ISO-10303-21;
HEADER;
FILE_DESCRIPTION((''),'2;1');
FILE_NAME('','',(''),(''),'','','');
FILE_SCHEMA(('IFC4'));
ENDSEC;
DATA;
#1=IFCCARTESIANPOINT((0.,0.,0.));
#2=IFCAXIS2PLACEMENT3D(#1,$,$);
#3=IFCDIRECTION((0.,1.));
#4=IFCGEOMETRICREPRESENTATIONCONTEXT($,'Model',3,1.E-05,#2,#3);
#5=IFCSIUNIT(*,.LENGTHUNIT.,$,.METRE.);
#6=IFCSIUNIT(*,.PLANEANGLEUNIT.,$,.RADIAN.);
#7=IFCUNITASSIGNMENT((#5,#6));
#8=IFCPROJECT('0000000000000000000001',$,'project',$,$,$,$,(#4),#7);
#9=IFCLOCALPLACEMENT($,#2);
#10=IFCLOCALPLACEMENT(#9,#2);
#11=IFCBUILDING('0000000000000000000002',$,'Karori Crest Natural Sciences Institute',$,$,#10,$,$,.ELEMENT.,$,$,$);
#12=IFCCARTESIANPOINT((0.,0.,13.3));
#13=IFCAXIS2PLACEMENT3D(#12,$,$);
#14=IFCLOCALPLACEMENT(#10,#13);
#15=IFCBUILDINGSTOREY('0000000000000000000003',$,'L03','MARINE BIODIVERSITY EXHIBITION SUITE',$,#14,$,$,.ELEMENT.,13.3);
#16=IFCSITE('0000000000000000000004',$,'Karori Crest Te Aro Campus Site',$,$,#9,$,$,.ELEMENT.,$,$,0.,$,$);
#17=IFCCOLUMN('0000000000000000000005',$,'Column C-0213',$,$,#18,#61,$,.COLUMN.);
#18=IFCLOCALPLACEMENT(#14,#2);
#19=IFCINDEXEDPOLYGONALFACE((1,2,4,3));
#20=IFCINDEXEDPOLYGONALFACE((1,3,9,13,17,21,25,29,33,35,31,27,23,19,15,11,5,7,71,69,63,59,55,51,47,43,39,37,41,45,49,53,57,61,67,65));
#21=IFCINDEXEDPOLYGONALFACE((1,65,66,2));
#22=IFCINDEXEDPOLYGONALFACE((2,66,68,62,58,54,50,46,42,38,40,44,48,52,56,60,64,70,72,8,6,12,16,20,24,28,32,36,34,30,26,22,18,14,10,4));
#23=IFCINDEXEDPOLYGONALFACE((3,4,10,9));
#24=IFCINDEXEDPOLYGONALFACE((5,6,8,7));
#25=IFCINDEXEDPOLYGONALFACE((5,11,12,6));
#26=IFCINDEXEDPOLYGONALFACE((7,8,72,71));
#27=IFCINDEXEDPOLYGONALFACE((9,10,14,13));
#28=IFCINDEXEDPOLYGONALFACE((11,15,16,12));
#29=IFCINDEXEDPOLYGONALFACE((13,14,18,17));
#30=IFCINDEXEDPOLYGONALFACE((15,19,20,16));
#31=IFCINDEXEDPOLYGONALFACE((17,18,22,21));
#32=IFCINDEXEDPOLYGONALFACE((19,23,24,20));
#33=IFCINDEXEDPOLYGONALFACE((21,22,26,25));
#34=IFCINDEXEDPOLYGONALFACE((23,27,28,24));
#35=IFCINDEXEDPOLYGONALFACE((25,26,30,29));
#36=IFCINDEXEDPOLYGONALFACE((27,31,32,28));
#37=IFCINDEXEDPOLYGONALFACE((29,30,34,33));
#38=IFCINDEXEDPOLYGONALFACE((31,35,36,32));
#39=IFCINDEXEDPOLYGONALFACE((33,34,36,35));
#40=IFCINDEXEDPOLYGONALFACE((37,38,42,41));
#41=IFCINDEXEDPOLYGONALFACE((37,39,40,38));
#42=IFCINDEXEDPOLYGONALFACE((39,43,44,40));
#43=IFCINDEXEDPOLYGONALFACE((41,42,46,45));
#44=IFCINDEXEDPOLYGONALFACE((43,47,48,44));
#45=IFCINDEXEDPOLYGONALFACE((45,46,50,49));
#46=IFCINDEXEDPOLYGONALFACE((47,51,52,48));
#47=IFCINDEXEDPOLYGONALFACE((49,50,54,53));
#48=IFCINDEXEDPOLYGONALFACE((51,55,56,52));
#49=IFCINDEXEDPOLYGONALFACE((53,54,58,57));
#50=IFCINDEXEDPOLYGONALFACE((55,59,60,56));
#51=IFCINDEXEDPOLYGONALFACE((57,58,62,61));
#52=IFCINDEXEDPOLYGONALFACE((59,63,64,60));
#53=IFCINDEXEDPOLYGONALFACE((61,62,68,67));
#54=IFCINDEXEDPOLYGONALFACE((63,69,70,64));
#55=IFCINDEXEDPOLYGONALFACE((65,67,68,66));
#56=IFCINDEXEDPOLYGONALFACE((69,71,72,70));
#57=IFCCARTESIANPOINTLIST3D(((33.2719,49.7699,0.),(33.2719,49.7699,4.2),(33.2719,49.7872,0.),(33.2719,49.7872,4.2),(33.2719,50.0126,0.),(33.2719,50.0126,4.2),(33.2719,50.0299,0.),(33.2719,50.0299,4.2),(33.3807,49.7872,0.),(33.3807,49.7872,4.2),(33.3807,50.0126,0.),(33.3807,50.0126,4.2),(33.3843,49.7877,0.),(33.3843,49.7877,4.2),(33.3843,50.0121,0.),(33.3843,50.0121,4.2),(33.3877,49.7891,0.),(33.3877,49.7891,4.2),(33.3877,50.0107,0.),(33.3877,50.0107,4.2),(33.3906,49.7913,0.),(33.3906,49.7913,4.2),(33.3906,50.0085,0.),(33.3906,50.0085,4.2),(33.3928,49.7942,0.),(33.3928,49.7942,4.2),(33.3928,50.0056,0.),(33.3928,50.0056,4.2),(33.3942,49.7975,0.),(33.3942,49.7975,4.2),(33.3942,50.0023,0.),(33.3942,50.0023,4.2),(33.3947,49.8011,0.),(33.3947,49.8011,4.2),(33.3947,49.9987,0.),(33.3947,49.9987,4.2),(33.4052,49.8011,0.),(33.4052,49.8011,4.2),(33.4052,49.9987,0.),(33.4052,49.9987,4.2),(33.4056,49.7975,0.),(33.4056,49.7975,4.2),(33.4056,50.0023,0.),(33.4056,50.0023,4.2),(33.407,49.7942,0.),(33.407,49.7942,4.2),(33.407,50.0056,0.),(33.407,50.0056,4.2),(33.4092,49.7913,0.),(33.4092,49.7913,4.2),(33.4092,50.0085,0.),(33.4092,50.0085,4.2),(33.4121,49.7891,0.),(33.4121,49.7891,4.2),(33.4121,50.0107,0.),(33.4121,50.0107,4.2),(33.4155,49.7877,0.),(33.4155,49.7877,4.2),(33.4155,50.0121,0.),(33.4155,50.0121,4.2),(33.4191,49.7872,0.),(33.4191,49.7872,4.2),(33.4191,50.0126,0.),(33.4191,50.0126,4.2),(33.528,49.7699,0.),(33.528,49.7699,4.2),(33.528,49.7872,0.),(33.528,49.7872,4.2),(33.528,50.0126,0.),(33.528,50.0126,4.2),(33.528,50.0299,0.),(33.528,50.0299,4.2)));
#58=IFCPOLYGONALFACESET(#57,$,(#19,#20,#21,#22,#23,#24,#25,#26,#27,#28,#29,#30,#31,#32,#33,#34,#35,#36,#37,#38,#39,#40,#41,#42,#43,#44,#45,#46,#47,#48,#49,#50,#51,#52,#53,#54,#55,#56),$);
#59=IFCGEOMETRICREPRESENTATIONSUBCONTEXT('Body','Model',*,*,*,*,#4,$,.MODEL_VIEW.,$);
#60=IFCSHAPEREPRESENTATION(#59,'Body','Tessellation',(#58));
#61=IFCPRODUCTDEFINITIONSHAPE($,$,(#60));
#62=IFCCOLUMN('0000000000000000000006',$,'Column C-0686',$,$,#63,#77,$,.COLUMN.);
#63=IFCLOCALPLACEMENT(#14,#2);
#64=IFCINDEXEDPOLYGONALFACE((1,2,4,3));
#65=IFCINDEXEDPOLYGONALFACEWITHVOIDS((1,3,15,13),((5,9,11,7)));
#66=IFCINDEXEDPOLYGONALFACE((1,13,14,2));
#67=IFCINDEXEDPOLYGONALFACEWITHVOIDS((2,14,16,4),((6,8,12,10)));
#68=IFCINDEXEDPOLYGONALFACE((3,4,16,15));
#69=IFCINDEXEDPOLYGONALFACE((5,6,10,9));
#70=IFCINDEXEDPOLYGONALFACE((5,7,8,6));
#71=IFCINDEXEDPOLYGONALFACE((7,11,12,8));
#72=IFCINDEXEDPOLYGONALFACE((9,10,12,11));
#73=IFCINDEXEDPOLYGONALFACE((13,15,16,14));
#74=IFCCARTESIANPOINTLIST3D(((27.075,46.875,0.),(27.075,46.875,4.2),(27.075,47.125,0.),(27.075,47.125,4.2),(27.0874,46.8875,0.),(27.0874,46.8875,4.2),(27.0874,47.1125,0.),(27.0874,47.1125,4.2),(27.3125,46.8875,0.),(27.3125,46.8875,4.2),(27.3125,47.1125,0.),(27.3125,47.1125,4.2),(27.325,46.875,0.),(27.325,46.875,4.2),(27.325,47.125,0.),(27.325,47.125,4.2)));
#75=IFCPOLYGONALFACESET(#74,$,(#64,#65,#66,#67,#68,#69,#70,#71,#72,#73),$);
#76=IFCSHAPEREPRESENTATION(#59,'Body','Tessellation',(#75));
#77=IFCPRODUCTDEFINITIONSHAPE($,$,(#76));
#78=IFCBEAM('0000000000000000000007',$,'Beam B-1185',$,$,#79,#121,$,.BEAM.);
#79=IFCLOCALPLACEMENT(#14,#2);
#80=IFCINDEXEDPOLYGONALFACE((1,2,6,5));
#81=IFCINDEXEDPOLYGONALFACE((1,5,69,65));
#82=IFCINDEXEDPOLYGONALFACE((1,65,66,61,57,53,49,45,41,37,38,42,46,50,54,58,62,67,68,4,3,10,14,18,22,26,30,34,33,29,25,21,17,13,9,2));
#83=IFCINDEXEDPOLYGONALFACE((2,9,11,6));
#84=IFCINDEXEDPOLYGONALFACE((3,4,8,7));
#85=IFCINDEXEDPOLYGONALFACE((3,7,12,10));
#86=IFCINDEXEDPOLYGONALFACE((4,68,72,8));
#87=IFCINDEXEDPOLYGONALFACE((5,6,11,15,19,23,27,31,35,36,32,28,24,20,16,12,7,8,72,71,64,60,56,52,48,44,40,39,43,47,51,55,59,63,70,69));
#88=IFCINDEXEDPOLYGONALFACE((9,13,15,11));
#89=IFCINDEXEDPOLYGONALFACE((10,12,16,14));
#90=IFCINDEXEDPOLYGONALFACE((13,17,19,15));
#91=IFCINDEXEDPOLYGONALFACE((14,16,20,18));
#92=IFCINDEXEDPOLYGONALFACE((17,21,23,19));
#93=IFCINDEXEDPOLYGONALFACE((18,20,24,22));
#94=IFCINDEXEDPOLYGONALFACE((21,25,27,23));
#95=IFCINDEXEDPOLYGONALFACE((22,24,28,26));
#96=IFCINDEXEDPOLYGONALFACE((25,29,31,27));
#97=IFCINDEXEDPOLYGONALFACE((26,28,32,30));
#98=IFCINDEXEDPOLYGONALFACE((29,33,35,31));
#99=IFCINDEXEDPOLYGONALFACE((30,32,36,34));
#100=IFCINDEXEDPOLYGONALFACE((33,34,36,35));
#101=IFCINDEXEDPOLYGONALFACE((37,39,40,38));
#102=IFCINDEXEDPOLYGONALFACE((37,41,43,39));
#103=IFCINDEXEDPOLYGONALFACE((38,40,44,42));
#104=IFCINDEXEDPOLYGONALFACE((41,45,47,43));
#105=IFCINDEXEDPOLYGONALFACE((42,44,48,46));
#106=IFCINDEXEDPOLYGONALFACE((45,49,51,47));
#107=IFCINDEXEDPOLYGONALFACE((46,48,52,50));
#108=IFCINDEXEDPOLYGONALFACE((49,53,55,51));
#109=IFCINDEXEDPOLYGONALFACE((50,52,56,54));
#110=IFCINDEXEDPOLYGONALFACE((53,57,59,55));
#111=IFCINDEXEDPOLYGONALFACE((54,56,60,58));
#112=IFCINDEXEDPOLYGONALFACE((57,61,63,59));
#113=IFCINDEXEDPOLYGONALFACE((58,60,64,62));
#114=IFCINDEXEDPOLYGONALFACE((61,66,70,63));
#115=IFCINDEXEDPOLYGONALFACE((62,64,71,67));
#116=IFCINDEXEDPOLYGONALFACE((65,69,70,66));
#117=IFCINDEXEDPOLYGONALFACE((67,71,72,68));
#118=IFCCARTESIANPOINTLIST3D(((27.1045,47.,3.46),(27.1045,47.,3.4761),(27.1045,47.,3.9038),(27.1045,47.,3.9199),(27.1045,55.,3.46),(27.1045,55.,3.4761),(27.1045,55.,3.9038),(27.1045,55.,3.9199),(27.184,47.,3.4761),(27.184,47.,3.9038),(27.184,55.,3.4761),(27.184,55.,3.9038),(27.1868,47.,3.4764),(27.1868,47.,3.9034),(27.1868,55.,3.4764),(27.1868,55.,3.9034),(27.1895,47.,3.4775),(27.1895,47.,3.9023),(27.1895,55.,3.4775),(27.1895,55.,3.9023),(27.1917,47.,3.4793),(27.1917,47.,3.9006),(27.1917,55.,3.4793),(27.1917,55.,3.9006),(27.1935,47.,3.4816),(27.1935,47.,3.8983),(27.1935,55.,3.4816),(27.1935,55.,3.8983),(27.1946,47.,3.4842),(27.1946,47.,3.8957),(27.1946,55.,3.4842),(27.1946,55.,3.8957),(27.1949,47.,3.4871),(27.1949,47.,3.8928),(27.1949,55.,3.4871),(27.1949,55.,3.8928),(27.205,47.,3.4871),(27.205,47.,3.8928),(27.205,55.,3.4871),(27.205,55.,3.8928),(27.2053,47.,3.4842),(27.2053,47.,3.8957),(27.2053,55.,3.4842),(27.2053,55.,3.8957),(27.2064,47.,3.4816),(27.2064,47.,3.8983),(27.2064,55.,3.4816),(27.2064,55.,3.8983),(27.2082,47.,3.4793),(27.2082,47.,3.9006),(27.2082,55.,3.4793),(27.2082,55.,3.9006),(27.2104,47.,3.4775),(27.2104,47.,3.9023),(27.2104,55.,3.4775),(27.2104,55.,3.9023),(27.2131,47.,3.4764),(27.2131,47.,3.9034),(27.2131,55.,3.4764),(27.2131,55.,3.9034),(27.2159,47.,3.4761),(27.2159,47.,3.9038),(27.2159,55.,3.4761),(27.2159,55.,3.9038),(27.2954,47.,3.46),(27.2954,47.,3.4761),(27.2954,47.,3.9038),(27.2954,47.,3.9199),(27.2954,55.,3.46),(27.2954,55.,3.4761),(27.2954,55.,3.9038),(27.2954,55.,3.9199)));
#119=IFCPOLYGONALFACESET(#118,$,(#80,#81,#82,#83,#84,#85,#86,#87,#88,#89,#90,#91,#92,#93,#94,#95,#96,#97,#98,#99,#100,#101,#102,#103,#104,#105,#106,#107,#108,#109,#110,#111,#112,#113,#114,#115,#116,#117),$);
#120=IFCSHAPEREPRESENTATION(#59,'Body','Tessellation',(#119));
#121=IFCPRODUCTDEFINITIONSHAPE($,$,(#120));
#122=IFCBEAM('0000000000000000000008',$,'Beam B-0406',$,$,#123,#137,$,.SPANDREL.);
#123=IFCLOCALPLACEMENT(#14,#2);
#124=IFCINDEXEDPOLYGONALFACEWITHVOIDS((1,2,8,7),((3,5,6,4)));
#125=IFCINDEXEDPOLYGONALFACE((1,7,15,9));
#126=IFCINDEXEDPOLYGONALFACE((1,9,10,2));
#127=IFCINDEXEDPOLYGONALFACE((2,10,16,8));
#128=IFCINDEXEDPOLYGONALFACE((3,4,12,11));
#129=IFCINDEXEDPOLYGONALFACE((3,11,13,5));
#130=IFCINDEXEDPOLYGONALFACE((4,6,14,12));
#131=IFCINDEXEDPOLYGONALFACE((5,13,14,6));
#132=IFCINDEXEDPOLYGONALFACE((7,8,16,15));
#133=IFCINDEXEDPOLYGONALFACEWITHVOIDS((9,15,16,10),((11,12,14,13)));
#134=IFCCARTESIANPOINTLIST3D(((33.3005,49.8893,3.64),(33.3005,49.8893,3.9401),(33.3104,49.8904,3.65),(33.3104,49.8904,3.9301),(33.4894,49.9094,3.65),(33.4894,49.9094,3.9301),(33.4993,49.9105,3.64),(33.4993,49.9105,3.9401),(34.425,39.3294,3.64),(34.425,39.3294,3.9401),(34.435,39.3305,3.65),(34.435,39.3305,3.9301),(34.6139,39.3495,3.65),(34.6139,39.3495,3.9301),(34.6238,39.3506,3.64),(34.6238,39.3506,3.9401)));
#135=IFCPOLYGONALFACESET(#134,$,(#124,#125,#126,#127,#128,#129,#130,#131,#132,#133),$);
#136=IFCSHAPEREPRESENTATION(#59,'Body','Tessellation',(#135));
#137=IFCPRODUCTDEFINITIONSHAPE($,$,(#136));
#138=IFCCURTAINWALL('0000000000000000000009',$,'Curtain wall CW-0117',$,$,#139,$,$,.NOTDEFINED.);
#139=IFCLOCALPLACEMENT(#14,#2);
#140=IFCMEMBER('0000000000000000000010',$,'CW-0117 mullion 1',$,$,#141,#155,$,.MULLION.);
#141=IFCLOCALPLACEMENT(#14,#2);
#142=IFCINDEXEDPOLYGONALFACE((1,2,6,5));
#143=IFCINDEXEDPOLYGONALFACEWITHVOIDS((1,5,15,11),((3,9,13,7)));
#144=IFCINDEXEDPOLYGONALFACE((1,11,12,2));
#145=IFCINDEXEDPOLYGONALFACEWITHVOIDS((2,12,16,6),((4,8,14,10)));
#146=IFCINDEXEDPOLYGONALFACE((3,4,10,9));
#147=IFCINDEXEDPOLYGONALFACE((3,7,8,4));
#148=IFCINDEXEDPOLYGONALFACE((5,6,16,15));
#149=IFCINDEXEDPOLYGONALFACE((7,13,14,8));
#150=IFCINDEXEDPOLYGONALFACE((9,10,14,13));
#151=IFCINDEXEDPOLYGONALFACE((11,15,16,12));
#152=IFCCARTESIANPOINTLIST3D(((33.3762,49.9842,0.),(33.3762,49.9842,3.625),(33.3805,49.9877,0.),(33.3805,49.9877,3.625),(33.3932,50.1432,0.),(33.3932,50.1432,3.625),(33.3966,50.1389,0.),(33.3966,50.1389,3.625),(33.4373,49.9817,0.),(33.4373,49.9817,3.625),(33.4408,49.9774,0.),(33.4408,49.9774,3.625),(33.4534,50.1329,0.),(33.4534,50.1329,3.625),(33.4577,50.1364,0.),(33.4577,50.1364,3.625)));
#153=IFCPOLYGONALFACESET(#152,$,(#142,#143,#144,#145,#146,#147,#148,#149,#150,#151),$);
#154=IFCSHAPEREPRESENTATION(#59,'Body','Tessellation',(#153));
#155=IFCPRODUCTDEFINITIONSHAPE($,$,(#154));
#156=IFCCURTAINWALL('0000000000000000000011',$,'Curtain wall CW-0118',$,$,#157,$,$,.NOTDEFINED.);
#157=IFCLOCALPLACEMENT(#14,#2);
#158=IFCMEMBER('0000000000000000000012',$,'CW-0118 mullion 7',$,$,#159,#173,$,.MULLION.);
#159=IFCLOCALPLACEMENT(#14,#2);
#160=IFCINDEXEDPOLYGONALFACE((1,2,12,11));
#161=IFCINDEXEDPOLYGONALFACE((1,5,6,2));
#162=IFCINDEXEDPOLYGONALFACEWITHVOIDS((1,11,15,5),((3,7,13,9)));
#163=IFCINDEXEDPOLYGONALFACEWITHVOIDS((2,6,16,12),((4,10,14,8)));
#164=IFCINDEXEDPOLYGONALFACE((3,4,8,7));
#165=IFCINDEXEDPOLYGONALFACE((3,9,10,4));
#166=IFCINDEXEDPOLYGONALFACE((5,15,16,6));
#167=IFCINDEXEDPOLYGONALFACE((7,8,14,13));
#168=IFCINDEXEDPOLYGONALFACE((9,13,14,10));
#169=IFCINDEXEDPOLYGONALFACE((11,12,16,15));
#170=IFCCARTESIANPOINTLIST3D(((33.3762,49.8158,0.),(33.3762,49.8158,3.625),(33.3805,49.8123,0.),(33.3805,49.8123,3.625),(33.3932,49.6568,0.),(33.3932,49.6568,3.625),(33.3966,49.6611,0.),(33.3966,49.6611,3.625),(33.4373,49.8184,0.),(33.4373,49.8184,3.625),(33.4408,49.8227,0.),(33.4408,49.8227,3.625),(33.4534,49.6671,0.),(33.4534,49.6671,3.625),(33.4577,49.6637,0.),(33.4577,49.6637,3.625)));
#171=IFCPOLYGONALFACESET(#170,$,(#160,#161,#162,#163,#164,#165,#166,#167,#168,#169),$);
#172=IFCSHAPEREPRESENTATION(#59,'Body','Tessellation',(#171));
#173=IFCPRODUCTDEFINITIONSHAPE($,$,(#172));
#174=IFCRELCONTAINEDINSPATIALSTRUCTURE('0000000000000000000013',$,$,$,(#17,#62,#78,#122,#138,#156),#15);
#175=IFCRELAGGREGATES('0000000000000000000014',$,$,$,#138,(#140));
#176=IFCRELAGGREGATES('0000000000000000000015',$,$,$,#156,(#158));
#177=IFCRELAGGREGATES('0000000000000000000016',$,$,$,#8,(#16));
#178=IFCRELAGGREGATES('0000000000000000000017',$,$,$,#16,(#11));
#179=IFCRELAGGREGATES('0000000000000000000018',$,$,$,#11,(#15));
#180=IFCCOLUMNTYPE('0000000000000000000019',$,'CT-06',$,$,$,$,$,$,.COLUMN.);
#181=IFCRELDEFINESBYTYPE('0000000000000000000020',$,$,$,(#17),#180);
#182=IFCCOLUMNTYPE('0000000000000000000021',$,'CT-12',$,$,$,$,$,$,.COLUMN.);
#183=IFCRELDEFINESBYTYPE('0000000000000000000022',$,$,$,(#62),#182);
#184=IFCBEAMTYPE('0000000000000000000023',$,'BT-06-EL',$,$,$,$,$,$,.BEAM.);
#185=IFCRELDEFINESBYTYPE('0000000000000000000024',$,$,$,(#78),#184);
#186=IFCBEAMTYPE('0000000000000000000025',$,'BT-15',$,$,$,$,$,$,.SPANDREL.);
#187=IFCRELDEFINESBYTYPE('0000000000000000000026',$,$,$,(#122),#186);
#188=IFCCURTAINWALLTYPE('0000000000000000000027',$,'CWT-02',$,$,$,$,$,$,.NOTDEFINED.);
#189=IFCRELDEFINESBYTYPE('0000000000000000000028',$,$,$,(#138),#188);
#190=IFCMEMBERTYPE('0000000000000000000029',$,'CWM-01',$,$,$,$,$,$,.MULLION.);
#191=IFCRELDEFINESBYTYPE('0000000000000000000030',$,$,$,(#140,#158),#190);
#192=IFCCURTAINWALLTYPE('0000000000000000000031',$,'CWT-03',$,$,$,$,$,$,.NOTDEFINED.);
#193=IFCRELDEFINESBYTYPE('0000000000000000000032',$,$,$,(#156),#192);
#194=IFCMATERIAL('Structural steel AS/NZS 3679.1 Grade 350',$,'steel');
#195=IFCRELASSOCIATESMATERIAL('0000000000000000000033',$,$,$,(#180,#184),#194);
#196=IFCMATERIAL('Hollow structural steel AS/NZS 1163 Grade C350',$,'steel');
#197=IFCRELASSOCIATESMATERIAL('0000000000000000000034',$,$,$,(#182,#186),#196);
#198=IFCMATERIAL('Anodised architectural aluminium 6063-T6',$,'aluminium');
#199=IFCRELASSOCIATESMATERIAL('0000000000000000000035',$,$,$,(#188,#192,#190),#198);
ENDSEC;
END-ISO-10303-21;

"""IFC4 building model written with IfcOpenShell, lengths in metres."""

from ifc_helpers import new_model, si_unit, direction, frame, origin, origin_2d, place, context, subcontext, project, spatial, hollow_rectangle, i_section, extrude, material, material_profile, profile_set, type_object, element, aggregate, save


model = new_model("IFC4")

# Units and contexts
model_context = context("Model", 3, precision=1e-05, world=origin(), true_north=direction((0.0, 1.0)))
body_context = subcontext(model_context, "Body", "Model", "MODEL_VIEW")
ifc_project = project(units=[si_unit("LENGTHUNIT", "METRE"), si_unit("PLANEANGLEUNIT", "RADIAN")], contexts=[model_context])

# Site, building, storey
site_placement = place(None, origin())
site = spatial("IfcSite", under=ifc_project, at=site_placement, Name="Karori Crest Te Aro Campus Site", CompositionType="ELEMENT", RefElevation=0.0)
building_placement = place(site_placement, origin())
building = spatial("IfcBuilding", under=site, at=building_placement, Name="Karori Crest Natural Sciences Institute", CompositionType="ELEMENT")
storey_placement = place(building_placement, frame((0.0, 0.0, 13.3)))
storey = spatial("IfcBuildingStorey", under=building, at=storey_placement, Name="L03", Description="MARINE BIODIVERSITY EXHIBITION SUITE", CompositionType="ELEMENT", Elevation=13.3)

# Columns
ifc_material_1 = material(Name="Structural steel AS/NZS 3679.1 Grade 350", Category="steel")
ifc_material_profile_1 = material_profile(ifc_material_1, i_section(OverallWidth=0.2561, OverallDepth=0.26, WebThickness=0.0105, FlangeThickness=0.0173, FilletRadius=0.0139, at=origin_2d()), Name="250UC89.5")
ifc_profile_set_1 = profile_set([ifc_material_profile_1], Name="Structural steel AS/NZS 3679.1 Grade 350")
column_type_1 = type_object("IfcColumnType", Name="CT-06", PredefinedType="COLUMN", material=ifc_profile_set_1)
column_1_placement = place(storey_placement, frame((33.3999, 49.8999, 0.0), z_axis=(0.0, 0.0, 1.0), x_axis=(1.0, 0.0, 0.0)))
element("IfcColumn", 1, at=column_1_placement, inside=storey, type_object=column_type_1, Name="Column C-0213", PredefinedType="COLUMN", context=body_context, shape_type="SweptSolid", body=[
    extrude(i_section(OverallWidth=0.2561, OverallDepth=0.26, WebThickness=0.0105, FlangeThickness=0.0173, FilletRadius=0.0139, at=origin_2d()), origin(), (0.0, 0.0, 1.0), 4.2),
])
ifc_material_2 = material(Name="Hollow structural steel AS/NZS 1163 Grade C350", Category="steel")
ifc_material_profile_2 = material_profile(ifc_material_2, hollow_rectangle(XDim=0.25, YDim=0.25, WallThickness=0.0125, at=origin_2d()), Name="SHS250x250x12.5")
ifc_profile_set_2 = profile_set([ifc_material_profile_2], Name="Hollow structural steel AS/NZS 1163 Grade C350")
column_type_2 = type_object("IfcColumnType", Name="CT-12", PredefinedType="COLUMN", material=ifc_profile_set_2)
column_2_placement = place(storey_placement, frame((27.2, 47.0, 0.0), z_axis=(0.0, 0.0, 1.0), x_axis=(1.0, 0.0, 0.0)))
element("IfcColumn", 2, at=column_2_placement, inside=storey, type_object=column_type_2, Name="Column C-0686", PredefinedType="COLUMN", context=body_context, shape_type="SweptSolid", body=[
    extrude(hollow_rectangle(XDim=0.25, YDim=0.25, WallThickness=0.0125, at=origin_2d()), origin(), (0.0, 0.0, 1.0), 4.2),
])

# Beams
ifc_material_profile_3 = material_profile(ifc_material_1, i_section(OverallWidth=0.1909, OverallDepth=0.46, WebThickness=0.01, FlangeThickness=0.0161, FilletRadius=0.011, at=origin_2d()), Name="460UB82.1")
ifc_profile_set_3 = profile_set([ifc_material_profile_3], Name="Structural steel AS/NZS 3679.1 Grade 350")
beam_type_1 = type_object("IfcBeamType", Name="BT-06-EL", PredefinedType="BEAM", material=ifc_profile_set_3)
beam_1_placement = place(storey_placement, frame((27.2, 47.0, 3.6899), z_axis=(0.0, 1.0, 0.0), x_axis=(-1.0, 0.0, 0.0)))
element("IfcBeam", 3, at=beam_1_placement, inside=storey, type_object=beam_type_1, Name="Beam B-1185", PredefinedType="BEAM", context=body_context, shape_type="SweptSolid", body=[
    extrude(i_section(OverallWidth=0.1909, OverallDepth=0.46, WebThickness=0.01, FlangeThickness=0.0161, FilletRadius=0.011, at=origin_2d()), origin(), (0.0, 0.0, 1.0), 8.0),
])
ifc_material_profile_4 = material_profile(ifc_material_2, hollow_rectangle(XDim=0.2, YDim=0.3, WallThickness=0.01, at=origin_2d()), Name="RHS300x200x10")
ifc_profile_set_4 = profile_set([ifc_material_profile_4], Name="Hollow structural steel AS/NZS 1163 Grade C350")
beam_type_2 = type_object("IfcBeamType", Name="BT-15", PredefinedType="SPANDREL", material=ifc_profile_set_4)
beam_2_placement = place(storey_placement, frame((33.3999, 49.8999, 3.79), z_axis=(0.105891, -0.994378, 0.0), x_axis=(0.994378, 0.105891, 0.0)))
element("IfcBeam", 4, at=beam_2_placement, inside=storey, type_object=beam_type_2, Name="Beam B-0406", PredefinedType="SPANDREL", context=body_context, shape_type="SweptSolid", body=[
    extrude(hollow_rectangle(XDim=0.2, YDim=0.3, WallThickness=0.01, at=origin_2d()), origin(), (0.0, 0.0, 1.0), 10.6196),
])

# Curtain walls, members
ifc_material_3 = material(Name="Anodised architectural aluminium 6063-T6", Category="aluminium")
curtain_wall_type_1 = type_object("IfcCurtainWallType", Name="CWT-02", PredefinedType="NOTDEFINED", material=ifc_material_3)
curtain_wall_1_placement = place(storey_placement, origin())
curtain_wall_1 = element("IfcCurtainWall", 5, at=curtain_wall_1_placement, inside=storey, type_object=curtain_wall_type_1, Name="Curtain wall CW-0117", PredefinedType="NOTDEFINED")
ifc_material_profile_5 = material_profile(ifc_material_3, hollow_rectangle(XDim=0.0649, YDim=0.1599, WallThickness=0.0039, at=origin_2d()), Name="CWM160x65x4")
ifc_profile_set_5 = profile_set([ifc_material_profile_5], Name="Anodised architectural aluminium 6063-T6")
member_type_1 = type_object("IfcMemberType", Name="CWM-01", PredefinedType="MULLION", material=ifc_profile_set_5)
member_1_placement = place(storey_placement, frame((33.417, 50.0603, 0.0), z_axis=(0.0, 0.0, 1.0), x_axis=(-0.994378, 0.105886, 0.0)))
member_1 = element("IfcMember", 6, at=member_1_placement, type_object=member_type_1, Name="CW-0117 mullion 1", PredefinedType="MULLION", context=body_context, shape_type="SweptSolid", body=[
    extrude(hollow_rectangle(XDim=0.0649, YDim=0.1599, WallThickness=0.0039, at=origin_2d()), origin(), (0.0, 0.0, 1.0), 3.625),
])
aggregate(curtain_wall_1, [member_1])
curtain_wall_type_2 = type_object("IfcCurtainWallType", Name="CWT-03", PredefinedType="NOTDEFINED", material=ifc_material_3)
curtain_wall_2_placement = place(storey_placement, origin())
curtain_wall_2 = element("IfcCurtainWall", 7, at=curtain_wall_2_placement, inside=storey, type_object=curtain_wall_type_2, Name="Curtain wall CW-0118", PredefinedType="NOTDEFINED")
member_2_placement = place(storey_placement, frame((33.417, 49.7397, 0.0), z_axis=(0.0, 0.0, 1.0), x_axis=(-0.994378, -0.105884, 0.0)))
member_2 = element("IfcMember", 8, at=member_2_placement, type_object=member_type_1, Name="CW-0118 mullion 7", PredefinedType="MULLION", context=body_context, shape_type="SweptSolid", body=[
    extrude(hollow_rectangle(XDim=0.0649, YDim=0.1599, WallThickness=0.0039, at=origin_2d()), origin(), (0.0, 0.0, 1.0), 3.625),
])
aggregate(curtain_wall_2, [member_2])

save(model, "model.ifc")
